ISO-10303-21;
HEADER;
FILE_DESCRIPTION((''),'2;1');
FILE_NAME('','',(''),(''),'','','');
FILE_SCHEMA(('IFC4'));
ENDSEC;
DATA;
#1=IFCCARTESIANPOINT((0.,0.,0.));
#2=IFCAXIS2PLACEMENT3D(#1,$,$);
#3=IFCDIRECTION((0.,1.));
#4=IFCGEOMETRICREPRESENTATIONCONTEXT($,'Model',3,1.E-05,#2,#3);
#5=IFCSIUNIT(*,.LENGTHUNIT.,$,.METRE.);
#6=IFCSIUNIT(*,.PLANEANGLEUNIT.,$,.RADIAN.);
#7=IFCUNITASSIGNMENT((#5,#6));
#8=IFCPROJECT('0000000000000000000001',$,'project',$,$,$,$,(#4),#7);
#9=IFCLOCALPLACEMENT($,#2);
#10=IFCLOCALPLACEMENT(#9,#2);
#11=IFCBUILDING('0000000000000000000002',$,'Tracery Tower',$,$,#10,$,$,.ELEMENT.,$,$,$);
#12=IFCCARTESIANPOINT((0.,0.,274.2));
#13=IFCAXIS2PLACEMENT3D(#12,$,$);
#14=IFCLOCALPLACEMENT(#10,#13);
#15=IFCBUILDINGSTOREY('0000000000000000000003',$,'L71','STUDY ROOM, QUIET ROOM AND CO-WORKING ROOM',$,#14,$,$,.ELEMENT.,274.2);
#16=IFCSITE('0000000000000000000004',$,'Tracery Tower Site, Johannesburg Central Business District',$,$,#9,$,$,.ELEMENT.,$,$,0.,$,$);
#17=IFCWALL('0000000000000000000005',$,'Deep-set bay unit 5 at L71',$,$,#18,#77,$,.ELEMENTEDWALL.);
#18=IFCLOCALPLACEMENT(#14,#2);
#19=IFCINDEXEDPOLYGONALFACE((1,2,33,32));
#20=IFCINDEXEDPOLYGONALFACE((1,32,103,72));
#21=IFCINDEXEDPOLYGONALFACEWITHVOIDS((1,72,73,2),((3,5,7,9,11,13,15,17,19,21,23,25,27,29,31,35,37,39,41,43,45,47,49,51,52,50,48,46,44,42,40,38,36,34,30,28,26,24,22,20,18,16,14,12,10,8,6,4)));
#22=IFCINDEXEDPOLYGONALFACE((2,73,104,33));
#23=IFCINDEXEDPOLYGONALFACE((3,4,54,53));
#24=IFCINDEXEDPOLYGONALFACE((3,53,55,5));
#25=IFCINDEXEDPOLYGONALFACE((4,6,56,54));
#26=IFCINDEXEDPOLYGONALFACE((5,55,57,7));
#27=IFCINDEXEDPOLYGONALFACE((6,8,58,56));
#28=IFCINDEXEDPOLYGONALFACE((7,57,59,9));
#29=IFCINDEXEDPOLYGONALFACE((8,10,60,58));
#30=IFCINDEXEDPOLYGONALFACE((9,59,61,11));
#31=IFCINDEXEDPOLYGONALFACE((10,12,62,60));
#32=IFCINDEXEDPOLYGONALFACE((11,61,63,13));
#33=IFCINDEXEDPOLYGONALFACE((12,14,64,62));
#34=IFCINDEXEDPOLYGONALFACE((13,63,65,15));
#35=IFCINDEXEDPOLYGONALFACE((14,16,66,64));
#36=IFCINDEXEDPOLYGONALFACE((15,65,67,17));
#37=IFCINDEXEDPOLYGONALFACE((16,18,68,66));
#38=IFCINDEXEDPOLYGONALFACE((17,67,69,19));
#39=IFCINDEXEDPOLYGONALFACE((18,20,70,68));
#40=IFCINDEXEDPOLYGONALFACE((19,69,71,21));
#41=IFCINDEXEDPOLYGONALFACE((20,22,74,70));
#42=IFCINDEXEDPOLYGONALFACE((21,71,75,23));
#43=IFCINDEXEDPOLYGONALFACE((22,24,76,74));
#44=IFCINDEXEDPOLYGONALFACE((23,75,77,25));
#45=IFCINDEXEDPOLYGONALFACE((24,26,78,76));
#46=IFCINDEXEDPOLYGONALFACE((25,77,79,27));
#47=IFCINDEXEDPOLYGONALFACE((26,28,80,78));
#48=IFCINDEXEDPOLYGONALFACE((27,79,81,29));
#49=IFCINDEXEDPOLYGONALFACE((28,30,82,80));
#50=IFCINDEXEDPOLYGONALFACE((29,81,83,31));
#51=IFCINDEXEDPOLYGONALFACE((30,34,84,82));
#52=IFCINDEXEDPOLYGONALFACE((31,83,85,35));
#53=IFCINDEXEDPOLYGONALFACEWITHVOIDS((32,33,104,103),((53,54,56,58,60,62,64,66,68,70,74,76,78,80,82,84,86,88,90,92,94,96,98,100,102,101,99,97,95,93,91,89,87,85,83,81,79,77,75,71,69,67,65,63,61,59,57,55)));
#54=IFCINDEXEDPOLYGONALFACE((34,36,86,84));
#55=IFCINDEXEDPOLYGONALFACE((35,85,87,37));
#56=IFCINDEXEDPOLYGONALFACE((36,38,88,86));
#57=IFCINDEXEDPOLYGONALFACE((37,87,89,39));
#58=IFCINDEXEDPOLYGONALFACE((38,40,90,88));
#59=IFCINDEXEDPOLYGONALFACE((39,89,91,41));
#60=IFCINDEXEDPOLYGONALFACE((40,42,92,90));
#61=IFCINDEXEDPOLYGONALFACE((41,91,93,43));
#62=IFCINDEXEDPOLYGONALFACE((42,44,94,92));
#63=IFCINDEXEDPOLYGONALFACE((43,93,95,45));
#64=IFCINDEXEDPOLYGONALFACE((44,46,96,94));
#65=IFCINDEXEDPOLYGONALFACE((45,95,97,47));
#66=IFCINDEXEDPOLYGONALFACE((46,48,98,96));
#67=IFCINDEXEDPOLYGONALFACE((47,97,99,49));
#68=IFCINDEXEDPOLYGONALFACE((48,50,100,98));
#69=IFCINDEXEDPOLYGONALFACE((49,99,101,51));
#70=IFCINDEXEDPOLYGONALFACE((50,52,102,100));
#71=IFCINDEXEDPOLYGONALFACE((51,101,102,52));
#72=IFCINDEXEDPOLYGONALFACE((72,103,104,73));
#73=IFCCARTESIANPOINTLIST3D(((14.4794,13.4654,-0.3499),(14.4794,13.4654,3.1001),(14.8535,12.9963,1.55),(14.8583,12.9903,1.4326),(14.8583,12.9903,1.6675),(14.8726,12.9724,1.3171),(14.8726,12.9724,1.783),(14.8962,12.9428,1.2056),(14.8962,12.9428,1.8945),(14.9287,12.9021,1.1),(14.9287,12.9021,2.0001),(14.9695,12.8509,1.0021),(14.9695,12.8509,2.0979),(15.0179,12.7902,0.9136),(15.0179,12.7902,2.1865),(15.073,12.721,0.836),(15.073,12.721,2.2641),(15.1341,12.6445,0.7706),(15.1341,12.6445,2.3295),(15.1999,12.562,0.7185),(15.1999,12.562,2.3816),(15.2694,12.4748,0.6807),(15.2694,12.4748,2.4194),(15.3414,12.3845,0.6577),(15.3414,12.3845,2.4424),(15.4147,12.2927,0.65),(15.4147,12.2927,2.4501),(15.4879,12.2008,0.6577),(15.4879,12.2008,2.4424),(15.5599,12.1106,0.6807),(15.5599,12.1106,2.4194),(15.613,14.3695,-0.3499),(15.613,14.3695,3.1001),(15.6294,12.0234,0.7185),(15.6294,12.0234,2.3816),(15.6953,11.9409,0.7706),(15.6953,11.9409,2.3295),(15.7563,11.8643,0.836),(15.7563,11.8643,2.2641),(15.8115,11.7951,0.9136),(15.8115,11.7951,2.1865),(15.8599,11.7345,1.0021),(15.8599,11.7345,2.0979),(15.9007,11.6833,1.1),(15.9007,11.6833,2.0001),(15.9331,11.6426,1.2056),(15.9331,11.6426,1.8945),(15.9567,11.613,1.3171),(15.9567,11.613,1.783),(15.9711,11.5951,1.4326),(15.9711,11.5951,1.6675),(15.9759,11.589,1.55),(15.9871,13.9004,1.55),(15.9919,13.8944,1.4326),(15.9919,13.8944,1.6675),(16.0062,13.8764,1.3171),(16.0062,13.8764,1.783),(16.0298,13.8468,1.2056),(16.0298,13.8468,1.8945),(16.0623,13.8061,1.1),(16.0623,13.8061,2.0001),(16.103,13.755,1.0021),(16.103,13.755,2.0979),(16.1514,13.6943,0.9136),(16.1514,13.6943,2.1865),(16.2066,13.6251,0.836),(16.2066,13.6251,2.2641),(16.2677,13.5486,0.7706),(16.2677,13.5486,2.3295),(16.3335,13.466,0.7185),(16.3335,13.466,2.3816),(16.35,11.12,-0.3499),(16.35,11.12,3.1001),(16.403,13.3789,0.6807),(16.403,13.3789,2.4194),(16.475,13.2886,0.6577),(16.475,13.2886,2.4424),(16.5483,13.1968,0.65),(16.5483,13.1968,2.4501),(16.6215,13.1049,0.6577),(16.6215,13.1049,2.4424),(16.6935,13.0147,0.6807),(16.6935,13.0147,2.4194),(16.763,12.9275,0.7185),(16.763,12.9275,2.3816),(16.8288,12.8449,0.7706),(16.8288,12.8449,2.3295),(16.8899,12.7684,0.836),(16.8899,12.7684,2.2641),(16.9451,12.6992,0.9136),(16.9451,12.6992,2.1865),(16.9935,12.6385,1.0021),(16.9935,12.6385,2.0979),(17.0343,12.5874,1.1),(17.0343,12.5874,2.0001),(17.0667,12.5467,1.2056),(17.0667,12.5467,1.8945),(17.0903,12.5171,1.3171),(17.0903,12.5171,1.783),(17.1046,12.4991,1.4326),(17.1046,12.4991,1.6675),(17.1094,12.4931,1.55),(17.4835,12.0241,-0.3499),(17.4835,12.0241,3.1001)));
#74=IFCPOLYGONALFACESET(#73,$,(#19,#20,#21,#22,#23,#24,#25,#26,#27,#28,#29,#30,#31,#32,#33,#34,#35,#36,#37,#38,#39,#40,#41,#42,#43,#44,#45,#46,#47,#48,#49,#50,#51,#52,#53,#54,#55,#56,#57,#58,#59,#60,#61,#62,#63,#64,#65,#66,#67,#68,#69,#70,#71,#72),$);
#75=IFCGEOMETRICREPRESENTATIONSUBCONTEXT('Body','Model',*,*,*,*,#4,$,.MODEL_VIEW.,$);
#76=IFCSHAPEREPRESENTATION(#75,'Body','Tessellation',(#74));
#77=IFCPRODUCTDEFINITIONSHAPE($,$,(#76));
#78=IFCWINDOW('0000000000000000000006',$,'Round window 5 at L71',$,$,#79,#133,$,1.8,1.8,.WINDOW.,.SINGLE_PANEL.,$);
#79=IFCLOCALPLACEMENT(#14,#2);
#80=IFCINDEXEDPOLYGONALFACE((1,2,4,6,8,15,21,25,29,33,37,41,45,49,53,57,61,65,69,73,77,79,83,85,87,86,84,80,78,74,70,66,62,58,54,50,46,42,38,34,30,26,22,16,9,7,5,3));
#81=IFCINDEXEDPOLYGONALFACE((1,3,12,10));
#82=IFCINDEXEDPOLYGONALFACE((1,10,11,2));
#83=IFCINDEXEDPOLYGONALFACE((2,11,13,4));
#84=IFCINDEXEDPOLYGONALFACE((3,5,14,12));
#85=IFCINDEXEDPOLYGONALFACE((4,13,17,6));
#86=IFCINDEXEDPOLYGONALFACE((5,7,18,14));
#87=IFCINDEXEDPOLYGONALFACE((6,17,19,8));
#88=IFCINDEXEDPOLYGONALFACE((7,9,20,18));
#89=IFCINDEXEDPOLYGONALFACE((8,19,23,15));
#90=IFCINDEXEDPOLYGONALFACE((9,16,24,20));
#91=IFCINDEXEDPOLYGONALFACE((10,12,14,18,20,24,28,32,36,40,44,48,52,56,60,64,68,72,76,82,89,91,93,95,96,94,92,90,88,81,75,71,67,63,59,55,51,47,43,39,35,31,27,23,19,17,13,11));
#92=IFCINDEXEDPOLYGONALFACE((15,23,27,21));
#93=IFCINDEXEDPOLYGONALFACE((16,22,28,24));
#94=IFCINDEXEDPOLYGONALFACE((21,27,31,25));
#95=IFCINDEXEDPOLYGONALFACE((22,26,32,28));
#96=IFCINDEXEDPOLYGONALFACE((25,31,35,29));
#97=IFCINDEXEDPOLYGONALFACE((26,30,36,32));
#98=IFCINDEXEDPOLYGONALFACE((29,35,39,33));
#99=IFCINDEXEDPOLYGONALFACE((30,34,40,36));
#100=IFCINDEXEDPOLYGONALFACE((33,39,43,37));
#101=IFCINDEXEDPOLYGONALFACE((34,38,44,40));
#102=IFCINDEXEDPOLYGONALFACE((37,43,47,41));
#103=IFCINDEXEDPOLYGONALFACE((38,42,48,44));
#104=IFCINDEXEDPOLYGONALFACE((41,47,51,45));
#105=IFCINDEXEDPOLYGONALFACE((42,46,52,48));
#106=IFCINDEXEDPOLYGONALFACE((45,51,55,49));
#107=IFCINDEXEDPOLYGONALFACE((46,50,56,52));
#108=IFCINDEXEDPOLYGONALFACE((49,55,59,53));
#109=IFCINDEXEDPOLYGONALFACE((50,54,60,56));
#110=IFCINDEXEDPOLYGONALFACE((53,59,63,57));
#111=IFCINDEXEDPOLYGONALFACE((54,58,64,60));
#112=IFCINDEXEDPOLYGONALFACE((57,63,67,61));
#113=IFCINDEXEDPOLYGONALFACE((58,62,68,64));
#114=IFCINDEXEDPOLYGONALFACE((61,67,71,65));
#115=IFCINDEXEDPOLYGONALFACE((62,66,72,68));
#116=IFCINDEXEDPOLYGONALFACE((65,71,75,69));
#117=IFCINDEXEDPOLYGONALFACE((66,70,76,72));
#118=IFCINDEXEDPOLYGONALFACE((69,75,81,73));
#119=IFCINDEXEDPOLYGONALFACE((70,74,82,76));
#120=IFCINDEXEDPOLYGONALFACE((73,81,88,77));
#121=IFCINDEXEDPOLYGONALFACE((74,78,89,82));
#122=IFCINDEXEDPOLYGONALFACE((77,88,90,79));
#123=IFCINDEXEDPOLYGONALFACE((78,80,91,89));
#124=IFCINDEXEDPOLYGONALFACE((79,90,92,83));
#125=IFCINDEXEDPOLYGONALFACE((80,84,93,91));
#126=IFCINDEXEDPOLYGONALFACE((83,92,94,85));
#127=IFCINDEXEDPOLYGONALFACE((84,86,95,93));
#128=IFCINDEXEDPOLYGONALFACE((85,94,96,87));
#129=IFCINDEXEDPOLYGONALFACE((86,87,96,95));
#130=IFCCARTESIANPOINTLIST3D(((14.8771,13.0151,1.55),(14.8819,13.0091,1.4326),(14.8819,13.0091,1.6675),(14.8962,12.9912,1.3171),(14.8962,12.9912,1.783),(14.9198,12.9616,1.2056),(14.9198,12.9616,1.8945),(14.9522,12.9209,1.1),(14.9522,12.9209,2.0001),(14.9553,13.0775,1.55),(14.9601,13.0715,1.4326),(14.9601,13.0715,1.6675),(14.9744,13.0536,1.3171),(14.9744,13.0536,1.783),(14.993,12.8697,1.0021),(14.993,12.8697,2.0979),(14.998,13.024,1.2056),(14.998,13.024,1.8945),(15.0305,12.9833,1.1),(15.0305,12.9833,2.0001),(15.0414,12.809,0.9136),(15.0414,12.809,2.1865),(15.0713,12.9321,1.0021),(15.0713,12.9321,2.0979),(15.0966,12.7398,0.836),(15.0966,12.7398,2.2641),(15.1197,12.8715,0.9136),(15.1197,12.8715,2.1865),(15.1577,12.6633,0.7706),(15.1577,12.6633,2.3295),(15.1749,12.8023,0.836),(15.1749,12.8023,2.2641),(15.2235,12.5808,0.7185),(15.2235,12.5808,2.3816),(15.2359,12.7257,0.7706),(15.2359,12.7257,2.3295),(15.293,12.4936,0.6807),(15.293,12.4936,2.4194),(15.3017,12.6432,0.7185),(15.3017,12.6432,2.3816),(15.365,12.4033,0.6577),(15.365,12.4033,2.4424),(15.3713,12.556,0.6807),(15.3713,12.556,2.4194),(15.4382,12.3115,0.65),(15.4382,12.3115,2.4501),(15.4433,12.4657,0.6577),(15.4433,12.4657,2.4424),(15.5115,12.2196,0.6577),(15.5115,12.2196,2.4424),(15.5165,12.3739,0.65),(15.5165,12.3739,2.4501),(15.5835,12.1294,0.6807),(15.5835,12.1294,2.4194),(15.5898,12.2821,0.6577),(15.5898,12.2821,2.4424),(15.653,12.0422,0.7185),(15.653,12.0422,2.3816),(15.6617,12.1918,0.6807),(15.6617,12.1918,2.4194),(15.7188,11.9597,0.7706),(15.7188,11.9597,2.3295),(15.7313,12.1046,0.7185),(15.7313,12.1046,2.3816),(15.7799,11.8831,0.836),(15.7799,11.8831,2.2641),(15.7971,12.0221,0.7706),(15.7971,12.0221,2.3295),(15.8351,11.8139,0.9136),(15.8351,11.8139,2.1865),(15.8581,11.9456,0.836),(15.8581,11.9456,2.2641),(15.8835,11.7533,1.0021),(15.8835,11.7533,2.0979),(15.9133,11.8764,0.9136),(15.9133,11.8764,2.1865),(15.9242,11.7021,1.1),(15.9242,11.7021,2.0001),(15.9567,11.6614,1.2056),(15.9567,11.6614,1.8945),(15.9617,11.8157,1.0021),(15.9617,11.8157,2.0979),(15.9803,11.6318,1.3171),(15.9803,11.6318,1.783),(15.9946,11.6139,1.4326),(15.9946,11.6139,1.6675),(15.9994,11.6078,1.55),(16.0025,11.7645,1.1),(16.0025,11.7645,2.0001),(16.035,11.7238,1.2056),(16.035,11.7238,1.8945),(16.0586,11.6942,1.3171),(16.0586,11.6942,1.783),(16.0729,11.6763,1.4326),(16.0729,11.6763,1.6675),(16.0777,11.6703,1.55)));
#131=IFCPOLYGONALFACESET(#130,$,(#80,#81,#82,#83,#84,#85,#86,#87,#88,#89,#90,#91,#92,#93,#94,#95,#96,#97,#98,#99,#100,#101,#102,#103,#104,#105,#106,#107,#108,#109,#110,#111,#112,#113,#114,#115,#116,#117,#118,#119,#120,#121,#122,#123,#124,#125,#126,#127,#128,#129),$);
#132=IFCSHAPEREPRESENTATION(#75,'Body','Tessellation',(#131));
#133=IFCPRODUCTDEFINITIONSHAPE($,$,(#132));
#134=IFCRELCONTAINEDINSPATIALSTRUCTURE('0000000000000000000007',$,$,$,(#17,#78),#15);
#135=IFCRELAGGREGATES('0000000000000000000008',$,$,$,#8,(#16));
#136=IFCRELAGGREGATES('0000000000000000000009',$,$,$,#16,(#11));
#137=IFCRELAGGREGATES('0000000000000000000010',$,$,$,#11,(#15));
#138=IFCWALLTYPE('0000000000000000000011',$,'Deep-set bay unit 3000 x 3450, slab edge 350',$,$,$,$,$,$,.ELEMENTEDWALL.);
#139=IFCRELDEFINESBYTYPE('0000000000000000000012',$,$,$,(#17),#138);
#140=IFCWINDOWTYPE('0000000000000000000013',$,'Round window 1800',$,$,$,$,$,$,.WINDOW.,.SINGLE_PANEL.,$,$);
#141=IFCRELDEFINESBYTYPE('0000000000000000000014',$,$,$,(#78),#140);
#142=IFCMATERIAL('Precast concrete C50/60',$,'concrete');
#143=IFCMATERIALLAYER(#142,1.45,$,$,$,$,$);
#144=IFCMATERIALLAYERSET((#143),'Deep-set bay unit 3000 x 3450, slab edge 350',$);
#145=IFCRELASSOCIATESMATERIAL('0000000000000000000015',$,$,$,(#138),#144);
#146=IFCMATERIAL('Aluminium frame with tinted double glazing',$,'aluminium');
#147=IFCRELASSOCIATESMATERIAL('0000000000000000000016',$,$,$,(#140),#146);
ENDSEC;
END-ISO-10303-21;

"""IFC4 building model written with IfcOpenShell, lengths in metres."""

from ifc_helpers import new_model, si_unit, direction, frame, frame_2d, origin, origin_2d, place, context, subcontext, project, spatial, rectangle, circle, extrude, material, layer, layer_set, type_object, element, fill, save


model = new_model("IFC4")

# Units and contexts
model_context = context("Model", 3, precision=1e-05, world=origin(), true_north=direction((0.0, 1.0)))
body_context = subcontext(model_context, "Body", "Model", "MODEL_VIEW")
ifc_project = project(units=[si_unit("LENGTHUNIT", "METRE"), si_unit("PLANEANGLEUNIT", "RADIAN")], contexts=[model_context])

# Site, building, storey
site_placement = place(None, origin())
site = spatial("IfcSite", under=ifc_project, at=site_placement, Name="Tracery Tower Site, Johannesburg Central Business District", CompositionType="ELEMENT", RefElevation=0.0)
building_placement = place(site_placement, origin())
building = spatial("IfcBuilding", under=site, at=building_placement, Name="Tracery Tower", CompositionType="ELEMENT")
storey_placement = place(building_placement, frame((0.0, 0.0, 274.2)))
storey = spatial("IfcBuildingStorey", under=building, at=storey_placement, Name="L71", Description="STUDY ROOM, QUIET ROOM AND CO-WORKING ROOM", CompositionType="ELEMENT", Elevation=274.2)

# Wall, opening, window
ifc_material_1 = material(Name="Precast concrete C50/60", Category="concrete")
ifc_layer_1 = layer(ifc_material_1, 1.45)
ifc_layer_set_1 = layer_set([ifc_layer_1], Name="Deep-set bay unit 3000 x 3450, slab edge 350")
wall_type_1 = type_object("IfcWallType", Name="Deep-set bay unit 3000 x 3450, slab edge 350", PredefinedType="ELEMENTEDWALL", material=ifc_layer_set_1)
wall_1_placement = place(storey_placement, frame((16.9167, 11.572, -0.3499), z_axis=(0.0, 0.0, 1.0), x_axis=(-0.623523, 0.781805, 0.0)))
wall_1 = element("IfcWall", 1, at=wall_1_placement, inside=storey, type_object=wall_type_1, Name="Deep-set bay unit 5 at L71", PredefinedType="ELEMENTEDWALL", context=body_context, shape_type="SweptSolid", body=[
    extrude(rectangle(XDim=3.0, YDim=1.45, at=frame_2d((1.5, 0.0))), origin(), (0.0, 0.0, 1.0), 3.45),
])
opening_1_placement = place(wall_1_placement, frame((1.5, 0.0, 1.8999)))
opening_1 = element("IfcOpeningElement", 2, at=opening_1_placement, cuts=wall_1, PredefinedType="OPENING", context=body_context, shape_type="SweptSolid", body=[
    extrude(circle(Radius=0.9, at=origin_2d()), frame((0.0, 0.7349, 0.0), z_axis=(0.0, -1.0, 0.0), x_axis=(1.0, 0.0, 0.0)), (0.0, 0.0, 1.0), 1.47),
])
ifc_material_2 = material(Name="Aluminium frame with tinted double glazing", Category="aluminium")
window_type = type_object("IfcWindowType", Name="Round window 1800", PartitioningType="SINGLE_PANEL", PredefinedType="WINDOW", material=ifc_material_2)
window_1_placement = place(opening_1_placement, origin())
window_1 = element("IfcWindow", 3, at=window_1_placement, inside=storey, type_object=window_type, Name="Round window 5 at L71", OverallHeight=1.8, OverallWidth=1.8, PartitioningType="SINGLE_PANEL", PredefinedType="WINDOW", context=body_context, shape_type="SweptSolid", body=[
    extrude(circle(Radius=0.9, at=origin_2d()), frame((0.0, 0.6948, 0.0), z_axis=(0.0, -1.0, 0.0), x_axis=(1.0, 0.0, 0.0)), (0.0, 0.0, 1.0), 0.1001),
])
fill(opening_1, window_1)

save(model, "model.ifc")
